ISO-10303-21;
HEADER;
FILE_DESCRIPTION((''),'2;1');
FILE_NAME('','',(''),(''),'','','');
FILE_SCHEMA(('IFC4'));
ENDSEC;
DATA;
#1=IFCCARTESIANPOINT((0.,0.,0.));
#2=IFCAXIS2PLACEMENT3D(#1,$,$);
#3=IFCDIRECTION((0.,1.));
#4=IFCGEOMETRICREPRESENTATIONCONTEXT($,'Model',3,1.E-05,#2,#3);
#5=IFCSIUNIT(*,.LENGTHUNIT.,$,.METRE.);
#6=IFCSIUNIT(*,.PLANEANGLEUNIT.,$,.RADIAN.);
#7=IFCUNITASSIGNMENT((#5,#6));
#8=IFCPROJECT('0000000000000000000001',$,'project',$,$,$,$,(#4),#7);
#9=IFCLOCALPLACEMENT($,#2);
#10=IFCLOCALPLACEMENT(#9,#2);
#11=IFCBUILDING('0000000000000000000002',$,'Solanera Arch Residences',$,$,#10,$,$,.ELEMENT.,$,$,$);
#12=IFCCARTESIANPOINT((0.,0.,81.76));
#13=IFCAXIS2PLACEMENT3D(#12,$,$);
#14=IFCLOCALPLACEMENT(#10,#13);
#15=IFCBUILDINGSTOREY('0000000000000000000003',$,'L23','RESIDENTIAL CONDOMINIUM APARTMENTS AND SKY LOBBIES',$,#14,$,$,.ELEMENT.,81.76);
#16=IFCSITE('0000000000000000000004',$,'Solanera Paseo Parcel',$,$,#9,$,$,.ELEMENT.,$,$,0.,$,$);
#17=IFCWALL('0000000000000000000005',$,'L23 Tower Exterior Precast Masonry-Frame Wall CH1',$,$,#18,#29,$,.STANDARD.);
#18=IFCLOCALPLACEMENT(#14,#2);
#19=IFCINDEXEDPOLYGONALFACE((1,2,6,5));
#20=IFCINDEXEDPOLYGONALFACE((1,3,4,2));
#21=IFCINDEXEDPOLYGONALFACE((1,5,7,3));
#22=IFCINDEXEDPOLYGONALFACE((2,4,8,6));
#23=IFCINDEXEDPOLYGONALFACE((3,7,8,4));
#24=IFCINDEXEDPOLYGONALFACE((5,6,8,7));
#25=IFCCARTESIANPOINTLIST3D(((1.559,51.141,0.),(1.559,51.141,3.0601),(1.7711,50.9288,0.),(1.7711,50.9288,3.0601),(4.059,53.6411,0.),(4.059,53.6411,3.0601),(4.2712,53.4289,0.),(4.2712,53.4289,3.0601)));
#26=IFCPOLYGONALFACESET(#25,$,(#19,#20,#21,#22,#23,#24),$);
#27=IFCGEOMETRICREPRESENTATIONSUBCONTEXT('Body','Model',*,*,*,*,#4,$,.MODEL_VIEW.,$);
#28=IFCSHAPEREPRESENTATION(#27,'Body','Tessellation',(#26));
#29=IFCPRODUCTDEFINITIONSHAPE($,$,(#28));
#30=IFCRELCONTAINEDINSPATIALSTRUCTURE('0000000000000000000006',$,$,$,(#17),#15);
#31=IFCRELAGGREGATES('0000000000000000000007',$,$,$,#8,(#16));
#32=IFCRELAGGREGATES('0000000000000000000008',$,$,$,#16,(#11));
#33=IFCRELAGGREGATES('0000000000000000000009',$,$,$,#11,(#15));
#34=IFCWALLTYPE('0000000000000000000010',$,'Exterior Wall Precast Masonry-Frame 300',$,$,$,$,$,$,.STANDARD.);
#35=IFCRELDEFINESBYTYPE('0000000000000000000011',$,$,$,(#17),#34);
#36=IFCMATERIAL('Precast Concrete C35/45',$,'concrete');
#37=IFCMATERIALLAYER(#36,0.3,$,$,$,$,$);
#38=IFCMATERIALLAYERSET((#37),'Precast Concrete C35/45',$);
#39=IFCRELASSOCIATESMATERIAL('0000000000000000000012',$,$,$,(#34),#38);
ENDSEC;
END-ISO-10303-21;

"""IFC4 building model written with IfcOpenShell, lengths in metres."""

from ifc_helpers import new_model, si_unit, direction, frame, frame_2d, origin, place, context, subcontext, project, spatial, rectangle, extrude, material, layer, layer_set, type_object, element, save


model = new_model("IFC4")

# Units and contexts
model_context = context("Model", 3, precision=1e-05, world=origin(), true_north=direction((0.0, 1.0)))
body_context = subcontext(model_context, "Body", "Model", "MODEL_VIEW")
ifc_project = project(units=[si_unit("LENGTHUNIT", "METRE"), si_unit("PLANEANGLEUNIT", "RADIAN")], contexts=[model_context])

# Site, building, storey
site_placement = place(None, origin())
site = spatial("IfcSite", under=ifc_project, at=site_placement, Name="Solanera Paseo Parcel", CompositionType="ELEMENT", RefElevation=0.0)
building_placement = place(site_placement, origin())
building = spatial("IfcBuilding", under=site, at=building_placement, Name="Solanera Arch Residences", CompositionType="ELEMENT")
storey_placement = place(building_placement, frame((0.0, 0.0, 81.76)))
storey = spatial("IfcBuildingStorey", under=building, at=storey_placement, Name="L23", Description="RESIDENTIAL CONDOMINIUM APARTMENTS AND SKY LOBBIES", CompositionType="ELEMENT", Elevation=81.76)

# Wall
ifc_material_1 = material(Name="Precast Concrete C35/45", Category="concrete")
ifc_layer_1 = layer(ifc_material_1, 0.3)
ifc_layer_set_1 = layer_set([ifc_layer_1], Name="Precast Concrete C35/45")
wall_type_1 = type_object("IfcWallType", Name="Exterior Wall Precast Masonry-Frame 300", PredefinedType="STANDARD", material=ifc_layer_set_1)
wall_1_placement = place(storey_placement, frame((1.665, 51.0349, 0.0), z_axis=(0.0, 0.0, 1.0), x_axis=(0.707107, 0.707107, 0.0)))
element("IfcWall", 1, at=wall_1_placement, inside=storey, type_object=wall_type_1, Name="L23 Tower Exterior Precast Masonry-Frame Wall CH1", PredefinedType="STANDARD", context=body_context, shape_type="SweptSolid", body=[
    extrude(rectangle(XDim=3.5356, YDim=0.3, at=frame_2d((1.7678, 0.0))), origin(), (0.0, 0.0, 1.0), 3.0601),
])

save(model, "model.ifc")
